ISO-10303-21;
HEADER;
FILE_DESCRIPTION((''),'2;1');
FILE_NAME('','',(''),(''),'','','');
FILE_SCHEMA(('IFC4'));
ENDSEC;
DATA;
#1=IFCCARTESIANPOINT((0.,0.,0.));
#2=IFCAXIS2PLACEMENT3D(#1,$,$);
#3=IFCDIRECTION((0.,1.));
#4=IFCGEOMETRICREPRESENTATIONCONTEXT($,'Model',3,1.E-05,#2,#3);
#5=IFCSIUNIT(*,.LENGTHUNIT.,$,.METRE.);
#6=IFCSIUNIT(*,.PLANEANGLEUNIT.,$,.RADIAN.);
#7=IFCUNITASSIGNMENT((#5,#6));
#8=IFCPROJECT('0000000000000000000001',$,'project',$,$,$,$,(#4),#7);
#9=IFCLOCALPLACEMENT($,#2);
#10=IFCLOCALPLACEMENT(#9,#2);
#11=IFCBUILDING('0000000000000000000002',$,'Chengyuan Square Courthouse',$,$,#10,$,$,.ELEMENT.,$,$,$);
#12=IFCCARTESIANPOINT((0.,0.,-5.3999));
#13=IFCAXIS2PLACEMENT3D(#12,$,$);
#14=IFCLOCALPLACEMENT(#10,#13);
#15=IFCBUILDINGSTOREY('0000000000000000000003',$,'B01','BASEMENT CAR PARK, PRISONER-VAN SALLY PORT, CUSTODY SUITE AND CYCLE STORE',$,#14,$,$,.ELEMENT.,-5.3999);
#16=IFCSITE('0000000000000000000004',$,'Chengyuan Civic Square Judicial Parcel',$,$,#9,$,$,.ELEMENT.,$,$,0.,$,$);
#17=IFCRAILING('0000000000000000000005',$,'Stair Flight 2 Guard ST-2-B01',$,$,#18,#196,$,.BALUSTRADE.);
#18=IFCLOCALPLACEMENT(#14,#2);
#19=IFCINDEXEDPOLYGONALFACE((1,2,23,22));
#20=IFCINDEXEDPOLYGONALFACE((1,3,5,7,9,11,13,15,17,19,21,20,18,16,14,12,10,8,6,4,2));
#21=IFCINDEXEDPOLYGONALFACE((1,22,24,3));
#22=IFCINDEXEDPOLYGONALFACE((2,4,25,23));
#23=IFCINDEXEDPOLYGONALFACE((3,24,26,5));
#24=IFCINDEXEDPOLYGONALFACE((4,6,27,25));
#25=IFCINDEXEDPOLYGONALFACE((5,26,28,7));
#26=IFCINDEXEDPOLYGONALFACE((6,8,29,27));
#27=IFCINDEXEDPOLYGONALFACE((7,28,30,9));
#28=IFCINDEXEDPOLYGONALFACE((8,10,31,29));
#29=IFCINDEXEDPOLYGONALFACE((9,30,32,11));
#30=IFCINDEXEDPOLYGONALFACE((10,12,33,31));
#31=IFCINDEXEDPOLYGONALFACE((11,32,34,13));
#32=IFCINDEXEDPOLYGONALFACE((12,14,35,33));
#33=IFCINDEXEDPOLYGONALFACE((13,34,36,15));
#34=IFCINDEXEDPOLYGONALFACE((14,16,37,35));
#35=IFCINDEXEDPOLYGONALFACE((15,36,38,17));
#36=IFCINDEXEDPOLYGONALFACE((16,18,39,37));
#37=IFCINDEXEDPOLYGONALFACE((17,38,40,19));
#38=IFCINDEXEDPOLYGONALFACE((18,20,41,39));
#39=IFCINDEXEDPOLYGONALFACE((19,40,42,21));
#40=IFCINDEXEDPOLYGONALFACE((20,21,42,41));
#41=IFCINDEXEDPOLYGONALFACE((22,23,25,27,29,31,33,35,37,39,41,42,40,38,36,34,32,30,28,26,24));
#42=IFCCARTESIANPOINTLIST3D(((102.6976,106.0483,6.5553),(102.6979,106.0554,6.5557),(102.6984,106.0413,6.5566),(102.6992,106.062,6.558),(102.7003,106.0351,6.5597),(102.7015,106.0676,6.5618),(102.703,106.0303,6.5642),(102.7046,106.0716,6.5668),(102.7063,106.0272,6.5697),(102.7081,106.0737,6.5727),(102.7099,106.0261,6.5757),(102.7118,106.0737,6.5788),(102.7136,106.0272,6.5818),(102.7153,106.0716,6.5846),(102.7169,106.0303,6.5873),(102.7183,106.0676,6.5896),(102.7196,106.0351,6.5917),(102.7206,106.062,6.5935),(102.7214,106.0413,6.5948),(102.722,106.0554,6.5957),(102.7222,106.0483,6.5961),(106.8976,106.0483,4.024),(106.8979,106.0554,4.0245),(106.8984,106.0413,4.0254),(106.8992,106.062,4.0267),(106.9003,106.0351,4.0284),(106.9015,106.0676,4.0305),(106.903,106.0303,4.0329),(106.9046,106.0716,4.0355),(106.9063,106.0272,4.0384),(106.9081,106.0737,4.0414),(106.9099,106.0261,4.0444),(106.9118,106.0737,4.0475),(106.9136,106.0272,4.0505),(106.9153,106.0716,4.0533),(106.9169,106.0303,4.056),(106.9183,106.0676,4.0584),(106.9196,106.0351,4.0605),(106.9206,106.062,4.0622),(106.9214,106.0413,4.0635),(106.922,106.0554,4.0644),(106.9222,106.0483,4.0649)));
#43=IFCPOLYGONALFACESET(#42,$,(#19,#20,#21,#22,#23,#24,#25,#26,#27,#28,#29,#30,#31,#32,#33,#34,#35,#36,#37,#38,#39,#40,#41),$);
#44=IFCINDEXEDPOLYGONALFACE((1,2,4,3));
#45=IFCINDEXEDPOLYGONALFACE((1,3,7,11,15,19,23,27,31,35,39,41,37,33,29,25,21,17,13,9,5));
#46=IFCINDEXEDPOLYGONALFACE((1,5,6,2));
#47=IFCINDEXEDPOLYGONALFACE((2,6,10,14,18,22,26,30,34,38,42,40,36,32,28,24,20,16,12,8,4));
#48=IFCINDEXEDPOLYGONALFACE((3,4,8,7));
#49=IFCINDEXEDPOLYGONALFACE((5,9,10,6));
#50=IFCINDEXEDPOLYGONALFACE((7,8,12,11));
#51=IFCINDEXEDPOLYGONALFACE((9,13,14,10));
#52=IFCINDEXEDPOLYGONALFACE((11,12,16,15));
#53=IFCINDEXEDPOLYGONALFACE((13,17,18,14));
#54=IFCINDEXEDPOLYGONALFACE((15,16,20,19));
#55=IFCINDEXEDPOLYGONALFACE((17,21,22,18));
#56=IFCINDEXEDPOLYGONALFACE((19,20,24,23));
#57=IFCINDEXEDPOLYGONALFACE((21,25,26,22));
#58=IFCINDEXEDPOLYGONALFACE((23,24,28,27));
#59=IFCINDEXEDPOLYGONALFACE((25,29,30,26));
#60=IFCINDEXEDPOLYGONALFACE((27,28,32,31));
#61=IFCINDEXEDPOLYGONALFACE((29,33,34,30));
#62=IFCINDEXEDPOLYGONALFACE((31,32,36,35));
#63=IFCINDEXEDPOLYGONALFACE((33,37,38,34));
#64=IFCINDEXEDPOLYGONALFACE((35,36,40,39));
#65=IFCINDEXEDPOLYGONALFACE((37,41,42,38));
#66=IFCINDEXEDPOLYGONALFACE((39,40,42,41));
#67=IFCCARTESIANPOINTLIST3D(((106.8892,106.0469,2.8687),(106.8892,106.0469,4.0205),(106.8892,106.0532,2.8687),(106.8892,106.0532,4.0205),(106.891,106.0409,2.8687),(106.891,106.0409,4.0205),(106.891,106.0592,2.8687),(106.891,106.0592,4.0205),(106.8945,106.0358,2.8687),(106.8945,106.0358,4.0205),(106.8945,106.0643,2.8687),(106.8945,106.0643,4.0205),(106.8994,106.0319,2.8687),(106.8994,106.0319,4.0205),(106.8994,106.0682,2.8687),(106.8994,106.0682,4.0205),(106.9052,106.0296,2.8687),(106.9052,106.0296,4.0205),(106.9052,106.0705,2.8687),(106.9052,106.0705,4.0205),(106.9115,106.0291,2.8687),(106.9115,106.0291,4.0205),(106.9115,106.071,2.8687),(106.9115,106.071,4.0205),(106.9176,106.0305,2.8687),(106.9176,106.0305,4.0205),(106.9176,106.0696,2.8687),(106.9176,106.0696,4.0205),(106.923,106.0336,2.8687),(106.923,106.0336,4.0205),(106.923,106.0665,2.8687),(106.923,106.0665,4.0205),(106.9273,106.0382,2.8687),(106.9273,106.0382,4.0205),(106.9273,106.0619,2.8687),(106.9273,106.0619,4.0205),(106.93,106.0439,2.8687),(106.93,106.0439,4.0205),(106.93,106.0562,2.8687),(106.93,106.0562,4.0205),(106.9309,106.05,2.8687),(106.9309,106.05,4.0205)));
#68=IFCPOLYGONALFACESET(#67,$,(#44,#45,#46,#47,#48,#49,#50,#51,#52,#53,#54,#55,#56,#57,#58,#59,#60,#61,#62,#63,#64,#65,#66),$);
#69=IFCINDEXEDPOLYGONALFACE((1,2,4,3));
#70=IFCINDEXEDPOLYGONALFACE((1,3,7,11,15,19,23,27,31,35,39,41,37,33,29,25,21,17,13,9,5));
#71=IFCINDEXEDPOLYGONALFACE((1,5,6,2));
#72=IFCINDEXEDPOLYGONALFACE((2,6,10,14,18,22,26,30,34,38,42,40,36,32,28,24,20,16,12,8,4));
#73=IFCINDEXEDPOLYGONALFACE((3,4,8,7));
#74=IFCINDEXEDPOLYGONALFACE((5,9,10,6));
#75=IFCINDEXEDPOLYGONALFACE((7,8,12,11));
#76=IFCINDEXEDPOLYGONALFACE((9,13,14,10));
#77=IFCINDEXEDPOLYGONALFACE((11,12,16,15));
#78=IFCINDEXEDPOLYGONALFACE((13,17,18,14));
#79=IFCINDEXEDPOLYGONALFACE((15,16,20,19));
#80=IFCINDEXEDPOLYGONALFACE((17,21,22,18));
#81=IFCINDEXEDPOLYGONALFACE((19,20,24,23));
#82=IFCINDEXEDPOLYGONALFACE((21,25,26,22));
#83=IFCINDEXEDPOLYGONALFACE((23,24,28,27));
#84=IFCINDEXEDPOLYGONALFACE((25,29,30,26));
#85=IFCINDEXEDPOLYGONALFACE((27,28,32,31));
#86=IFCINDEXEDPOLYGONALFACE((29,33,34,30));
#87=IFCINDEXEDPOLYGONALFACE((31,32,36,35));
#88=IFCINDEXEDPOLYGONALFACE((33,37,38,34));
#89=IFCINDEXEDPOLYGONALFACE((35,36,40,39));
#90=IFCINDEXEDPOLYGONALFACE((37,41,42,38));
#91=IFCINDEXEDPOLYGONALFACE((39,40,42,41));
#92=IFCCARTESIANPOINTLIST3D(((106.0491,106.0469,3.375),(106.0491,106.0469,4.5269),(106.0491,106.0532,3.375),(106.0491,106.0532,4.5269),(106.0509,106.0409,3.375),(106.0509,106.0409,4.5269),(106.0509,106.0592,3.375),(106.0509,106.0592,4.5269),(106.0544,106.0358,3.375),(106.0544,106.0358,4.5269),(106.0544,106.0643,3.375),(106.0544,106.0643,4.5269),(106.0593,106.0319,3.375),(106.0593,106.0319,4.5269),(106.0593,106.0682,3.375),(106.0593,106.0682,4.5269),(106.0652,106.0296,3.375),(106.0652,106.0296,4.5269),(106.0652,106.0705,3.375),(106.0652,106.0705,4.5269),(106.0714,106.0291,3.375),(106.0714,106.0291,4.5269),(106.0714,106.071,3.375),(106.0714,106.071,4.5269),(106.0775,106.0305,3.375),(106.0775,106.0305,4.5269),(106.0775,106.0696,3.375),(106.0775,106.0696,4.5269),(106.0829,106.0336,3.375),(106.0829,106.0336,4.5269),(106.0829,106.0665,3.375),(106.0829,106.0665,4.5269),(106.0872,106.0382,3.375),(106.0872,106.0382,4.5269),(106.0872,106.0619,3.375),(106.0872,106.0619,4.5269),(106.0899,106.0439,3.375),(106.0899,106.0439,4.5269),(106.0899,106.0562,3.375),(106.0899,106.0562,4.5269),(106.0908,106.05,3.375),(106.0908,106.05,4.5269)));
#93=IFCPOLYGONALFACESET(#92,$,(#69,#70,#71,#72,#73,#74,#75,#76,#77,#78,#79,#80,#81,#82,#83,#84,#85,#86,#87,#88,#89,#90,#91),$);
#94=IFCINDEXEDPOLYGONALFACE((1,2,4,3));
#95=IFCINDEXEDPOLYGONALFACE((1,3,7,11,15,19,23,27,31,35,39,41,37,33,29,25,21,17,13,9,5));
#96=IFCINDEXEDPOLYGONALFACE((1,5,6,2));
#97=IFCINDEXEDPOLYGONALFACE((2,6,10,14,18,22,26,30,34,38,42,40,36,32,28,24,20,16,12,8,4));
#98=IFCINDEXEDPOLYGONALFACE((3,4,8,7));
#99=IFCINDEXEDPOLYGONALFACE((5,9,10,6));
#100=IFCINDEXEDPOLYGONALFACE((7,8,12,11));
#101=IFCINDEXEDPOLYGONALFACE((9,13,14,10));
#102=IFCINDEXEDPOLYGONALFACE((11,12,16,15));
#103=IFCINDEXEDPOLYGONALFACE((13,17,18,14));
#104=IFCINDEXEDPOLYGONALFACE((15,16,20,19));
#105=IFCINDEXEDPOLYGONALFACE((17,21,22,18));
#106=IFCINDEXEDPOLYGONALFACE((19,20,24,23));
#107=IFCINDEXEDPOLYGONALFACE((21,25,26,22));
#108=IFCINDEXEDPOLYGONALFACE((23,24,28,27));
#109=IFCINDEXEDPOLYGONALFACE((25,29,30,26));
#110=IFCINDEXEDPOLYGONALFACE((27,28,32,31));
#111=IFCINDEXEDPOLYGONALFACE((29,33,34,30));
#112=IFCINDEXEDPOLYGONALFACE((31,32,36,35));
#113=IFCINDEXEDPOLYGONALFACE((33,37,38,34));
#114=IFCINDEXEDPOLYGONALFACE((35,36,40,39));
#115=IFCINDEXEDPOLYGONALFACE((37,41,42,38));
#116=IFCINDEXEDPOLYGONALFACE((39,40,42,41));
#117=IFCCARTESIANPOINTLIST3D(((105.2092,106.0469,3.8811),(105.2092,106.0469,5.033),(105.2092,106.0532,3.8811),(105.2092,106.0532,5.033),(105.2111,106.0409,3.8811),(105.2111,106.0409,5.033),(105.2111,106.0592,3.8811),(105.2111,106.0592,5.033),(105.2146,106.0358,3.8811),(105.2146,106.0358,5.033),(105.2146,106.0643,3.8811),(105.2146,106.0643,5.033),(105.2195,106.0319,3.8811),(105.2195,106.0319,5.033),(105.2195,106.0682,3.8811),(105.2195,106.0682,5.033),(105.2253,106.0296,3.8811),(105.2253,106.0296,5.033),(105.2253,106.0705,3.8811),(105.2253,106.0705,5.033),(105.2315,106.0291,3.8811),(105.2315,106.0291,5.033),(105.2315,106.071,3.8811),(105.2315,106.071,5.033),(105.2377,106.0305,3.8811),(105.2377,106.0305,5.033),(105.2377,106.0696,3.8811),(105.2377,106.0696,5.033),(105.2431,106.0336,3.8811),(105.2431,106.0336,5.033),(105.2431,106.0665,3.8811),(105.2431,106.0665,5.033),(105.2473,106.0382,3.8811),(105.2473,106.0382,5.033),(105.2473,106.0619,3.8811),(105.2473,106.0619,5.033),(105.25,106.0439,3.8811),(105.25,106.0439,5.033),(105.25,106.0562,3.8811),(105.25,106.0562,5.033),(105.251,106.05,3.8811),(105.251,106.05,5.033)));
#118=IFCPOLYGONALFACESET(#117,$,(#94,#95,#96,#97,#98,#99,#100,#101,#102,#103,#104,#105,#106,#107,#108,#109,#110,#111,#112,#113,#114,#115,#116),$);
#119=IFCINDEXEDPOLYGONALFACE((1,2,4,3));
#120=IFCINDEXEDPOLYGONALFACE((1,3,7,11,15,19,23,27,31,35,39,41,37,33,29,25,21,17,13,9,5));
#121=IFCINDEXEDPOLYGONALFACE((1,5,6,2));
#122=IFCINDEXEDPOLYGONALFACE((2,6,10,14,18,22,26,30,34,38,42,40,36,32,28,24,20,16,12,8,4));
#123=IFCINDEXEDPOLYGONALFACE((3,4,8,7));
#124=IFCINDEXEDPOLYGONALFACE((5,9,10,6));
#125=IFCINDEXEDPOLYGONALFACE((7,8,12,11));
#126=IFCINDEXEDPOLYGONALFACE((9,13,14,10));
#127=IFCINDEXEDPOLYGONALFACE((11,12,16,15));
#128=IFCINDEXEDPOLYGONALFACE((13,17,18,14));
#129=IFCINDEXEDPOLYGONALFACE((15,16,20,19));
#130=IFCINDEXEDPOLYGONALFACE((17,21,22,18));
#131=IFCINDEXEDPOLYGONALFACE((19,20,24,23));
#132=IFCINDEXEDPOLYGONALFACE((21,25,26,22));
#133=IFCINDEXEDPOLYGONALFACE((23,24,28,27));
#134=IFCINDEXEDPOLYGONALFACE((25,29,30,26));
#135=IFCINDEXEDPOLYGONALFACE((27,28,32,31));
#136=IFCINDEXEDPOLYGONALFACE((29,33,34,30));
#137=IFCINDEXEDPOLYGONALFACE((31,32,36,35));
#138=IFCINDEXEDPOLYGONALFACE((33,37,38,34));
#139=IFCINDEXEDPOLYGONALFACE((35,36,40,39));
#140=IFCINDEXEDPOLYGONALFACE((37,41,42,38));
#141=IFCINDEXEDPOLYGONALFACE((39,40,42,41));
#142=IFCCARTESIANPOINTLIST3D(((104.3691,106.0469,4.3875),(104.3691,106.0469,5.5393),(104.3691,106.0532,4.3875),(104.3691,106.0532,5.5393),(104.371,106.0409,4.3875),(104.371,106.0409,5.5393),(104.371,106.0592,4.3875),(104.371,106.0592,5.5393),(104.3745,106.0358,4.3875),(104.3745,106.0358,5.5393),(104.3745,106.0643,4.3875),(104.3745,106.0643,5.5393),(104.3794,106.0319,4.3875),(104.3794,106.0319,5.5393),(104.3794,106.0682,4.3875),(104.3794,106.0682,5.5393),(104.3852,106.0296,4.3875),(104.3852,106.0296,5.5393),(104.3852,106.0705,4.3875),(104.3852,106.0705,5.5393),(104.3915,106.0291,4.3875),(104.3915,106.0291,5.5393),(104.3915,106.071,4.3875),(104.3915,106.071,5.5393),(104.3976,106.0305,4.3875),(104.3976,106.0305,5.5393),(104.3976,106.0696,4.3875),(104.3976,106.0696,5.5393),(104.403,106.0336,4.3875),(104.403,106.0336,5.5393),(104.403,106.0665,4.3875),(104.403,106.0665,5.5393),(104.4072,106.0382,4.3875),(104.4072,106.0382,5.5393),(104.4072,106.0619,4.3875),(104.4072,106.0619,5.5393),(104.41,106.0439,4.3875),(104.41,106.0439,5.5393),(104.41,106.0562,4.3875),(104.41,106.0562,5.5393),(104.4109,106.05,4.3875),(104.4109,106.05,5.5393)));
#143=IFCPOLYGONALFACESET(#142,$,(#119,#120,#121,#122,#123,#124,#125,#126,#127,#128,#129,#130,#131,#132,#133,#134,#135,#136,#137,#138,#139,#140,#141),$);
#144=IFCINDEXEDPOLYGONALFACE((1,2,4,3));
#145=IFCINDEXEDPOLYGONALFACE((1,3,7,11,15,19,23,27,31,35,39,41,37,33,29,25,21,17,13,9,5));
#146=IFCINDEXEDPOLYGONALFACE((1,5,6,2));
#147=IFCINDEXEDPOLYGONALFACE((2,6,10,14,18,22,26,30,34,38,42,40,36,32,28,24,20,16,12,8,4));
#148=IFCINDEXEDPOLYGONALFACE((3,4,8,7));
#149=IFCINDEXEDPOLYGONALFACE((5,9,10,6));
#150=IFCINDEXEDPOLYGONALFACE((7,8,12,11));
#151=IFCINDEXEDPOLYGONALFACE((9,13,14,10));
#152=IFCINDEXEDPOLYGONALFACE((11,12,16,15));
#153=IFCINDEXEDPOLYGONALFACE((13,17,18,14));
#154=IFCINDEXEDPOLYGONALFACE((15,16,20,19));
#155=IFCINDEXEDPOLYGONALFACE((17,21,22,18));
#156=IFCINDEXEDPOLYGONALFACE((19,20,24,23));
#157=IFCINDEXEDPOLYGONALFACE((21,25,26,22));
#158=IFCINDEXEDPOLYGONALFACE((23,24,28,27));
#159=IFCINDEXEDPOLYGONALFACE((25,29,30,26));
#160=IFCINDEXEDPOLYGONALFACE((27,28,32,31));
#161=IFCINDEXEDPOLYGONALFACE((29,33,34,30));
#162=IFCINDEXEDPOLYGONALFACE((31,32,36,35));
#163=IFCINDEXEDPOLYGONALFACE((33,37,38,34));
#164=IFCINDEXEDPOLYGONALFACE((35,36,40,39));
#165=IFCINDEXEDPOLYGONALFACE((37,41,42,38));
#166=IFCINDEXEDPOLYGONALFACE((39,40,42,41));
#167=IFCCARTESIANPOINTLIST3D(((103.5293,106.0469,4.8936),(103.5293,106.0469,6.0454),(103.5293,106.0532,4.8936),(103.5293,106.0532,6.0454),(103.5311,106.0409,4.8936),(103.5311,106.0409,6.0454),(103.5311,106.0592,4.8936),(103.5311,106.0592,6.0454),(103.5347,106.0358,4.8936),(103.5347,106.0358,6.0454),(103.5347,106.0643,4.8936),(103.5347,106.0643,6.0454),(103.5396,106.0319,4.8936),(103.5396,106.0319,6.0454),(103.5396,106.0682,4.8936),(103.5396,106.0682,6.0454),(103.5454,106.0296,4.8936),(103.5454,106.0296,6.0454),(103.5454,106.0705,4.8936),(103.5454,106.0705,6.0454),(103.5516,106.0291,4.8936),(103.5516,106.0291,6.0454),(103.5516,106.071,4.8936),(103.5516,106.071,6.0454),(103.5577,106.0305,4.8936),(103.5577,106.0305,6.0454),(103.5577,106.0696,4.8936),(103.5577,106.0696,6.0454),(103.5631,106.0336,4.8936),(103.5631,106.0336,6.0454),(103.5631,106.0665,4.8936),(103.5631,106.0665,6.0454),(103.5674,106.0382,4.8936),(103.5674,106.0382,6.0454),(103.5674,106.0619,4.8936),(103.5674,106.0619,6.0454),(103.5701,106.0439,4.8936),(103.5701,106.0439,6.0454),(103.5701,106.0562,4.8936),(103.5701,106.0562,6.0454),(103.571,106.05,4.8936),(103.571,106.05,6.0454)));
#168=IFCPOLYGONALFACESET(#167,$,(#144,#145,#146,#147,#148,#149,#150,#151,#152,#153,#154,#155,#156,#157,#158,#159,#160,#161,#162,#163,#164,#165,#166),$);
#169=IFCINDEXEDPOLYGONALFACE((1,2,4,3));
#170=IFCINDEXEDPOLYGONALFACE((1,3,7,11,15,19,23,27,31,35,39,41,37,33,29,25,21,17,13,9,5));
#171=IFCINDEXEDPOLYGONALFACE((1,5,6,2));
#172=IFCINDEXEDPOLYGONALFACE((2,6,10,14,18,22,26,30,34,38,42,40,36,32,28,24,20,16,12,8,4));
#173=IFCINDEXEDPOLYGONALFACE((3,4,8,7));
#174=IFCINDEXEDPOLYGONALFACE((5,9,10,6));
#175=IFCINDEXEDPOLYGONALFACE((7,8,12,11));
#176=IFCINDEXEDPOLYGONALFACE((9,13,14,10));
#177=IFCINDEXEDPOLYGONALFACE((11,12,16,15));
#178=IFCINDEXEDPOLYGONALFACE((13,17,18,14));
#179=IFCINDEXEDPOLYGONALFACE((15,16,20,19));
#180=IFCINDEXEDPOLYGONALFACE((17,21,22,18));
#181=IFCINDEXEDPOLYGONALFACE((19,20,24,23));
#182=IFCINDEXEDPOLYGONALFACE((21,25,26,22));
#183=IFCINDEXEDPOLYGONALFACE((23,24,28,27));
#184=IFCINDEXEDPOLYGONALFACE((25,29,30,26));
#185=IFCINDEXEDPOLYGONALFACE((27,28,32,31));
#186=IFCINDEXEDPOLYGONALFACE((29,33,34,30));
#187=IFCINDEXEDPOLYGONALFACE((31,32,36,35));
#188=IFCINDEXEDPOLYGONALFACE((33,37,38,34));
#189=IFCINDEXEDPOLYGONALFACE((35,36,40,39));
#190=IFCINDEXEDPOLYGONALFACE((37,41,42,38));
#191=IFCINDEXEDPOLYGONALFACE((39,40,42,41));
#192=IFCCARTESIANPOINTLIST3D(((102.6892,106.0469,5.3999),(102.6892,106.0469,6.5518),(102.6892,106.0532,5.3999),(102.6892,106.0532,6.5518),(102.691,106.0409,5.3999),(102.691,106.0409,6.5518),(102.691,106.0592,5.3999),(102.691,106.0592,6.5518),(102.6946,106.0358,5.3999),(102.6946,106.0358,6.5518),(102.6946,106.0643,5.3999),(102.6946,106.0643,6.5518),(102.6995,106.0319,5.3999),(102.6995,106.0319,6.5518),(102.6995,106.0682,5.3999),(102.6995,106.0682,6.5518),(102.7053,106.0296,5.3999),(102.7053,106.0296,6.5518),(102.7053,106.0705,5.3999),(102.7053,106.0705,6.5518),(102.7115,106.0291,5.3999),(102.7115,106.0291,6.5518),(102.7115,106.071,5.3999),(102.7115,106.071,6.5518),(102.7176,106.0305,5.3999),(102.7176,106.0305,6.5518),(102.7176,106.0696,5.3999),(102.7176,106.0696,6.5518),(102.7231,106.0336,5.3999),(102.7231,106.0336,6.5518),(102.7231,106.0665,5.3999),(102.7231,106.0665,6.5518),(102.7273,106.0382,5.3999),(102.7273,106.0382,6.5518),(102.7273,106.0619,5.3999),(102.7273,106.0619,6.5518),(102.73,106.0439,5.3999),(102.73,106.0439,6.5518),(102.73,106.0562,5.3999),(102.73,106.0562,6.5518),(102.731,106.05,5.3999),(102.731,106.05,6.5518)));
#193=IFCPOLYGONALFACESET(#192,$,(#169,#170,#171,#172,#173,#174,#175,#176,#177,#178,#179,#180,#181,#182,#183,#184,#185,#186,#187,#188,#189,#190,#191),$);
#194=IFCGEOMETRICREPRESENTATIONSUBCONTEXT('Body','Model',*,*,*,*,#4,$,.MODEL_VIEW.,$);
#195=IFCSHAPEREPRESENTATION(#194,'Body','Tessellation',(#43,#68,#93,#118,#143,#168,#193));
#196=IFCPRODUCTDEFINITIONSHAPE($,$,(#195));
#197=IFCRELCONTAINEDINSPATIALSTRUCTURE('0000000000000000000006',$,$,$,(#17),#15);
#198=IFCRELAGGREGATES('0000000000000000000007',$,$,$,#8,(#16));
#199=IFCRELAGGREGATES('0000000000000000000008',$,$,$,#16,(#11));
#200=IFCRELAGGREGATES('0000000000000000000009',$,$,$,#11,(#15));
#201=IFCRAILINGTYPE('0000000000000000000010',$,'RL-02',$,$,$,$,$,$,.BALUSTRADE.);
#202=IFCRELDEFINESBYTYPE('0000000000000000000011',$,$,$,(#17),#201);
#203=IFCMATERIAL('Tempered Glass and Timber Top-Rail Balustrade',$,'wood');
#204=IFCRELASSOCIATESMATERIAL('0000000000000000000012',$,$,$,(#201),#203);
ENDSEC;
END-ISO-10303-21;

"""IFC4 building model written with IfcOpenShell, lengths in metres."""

from ifc_helpers import new_model, si_unit, direction, frame, origin, origin_2d, place, context, subcontext, project, spatial, circle, extrude, material, type_object, element, save


model = new_model("IFC4")

# Units and contexts
model_context = context("Model", 3, precision=1e-05, world=origin(), true_north=direction((0.0, 1.0)))
body_context = subcontext(model_context, "Body", "Model", "MODEL_VIEW")
ifc_project = project(units=[si_unit("LENGTHUNIT", "METRE"), si_unit("PLANEANGLEUNIT", "RADIAN")], contexts=[model_context])

# Site, building, storey
site_placement = place(None, origin())
site = spatial("IfcSite", under=ifc_project, at=site_placement, Name="Chengyuan Civic Square Judicial Parcel", CompositionType="ELEMENT", RefElevation=0.0)
building_placement = place(site_placement, origin())
building = spatial("IfcBuilding", under=site, at=building_placement, Name="Chengyuan Square Courthouse", CompositionType="ELEMENT")
storey_placement = place(building_placement, frame((0.0, 0.0, -5.3999)))
storey = spatial("IfcBuildingStorey", under=building, at=storey_placement, Name="B01", Description="BASEMENT CAR PARK, PRISONER-VAN SALLY PORT, CUSTODY SUITE AND CYCLE STORE", CompositionType="ELEMENT", Elevation=-5.3999)

# Railing
ifc_material_1 = material(Name="Tempered Glass and Timber Top-Rail Balustrade", Category="wood")
railing_type_1 = type_object("IfcRailingType", Name="RL-02", PredefinedType="BALUSTRADE", material=ifc_material_1)
railing_1_placement = place(storey_placement, frame((106.9099, 106.05, 2.8687)))
element("IfcRailing", 1, at=railing_1_placement, inside=storey, type_object=railing_type_1, Name="Stair Flight 2 Guard ST-2-B01", PredefinedType="BALUSTRADE", context=body_context, shape_type="SweptSolid", body=[
    extrude(circle(Radius=0.0239, at=origin_2d()), frame((0.0, 0.0, 1.1758), z_axis=(-0.856476, 0.0, 0.516186), x_axis=(0.0, -1.0, 0.0)), (0.0, 0.0, 1.0), 4.9038),
    extrude(circle(Radius=0.021, at=origin_2d()), origin(), (0.0, 0.0, 1.0), 1.1519),
    extrude(circle(Radius=0.021, at=origin_2d()), frame((-0.8401, 0.0, 0.5063)), (0.0, 0.0, 1.0), 1.1519),
    extrude(circle(Radius=0.021, at=origin_2d()), frame((-1.6799, 0.0, 1.0125)), (0.0, 0.0, 1.0), 1.1519),
    extrude(circle(Radius=0.021, at=origin_2d()), frame((-2.52, 0.0, 1.5188)), (0.0, 0.0, 1.0), 1.1519),
    extrude(circle(Radius=0.021, at=origin_2d()), frame((-3.3599, 0.0, 2.0249)), (0.0, 0.0, 1.0), 1.1519),
    extrude(circle(Radius=0.021, at=origin_2d()), frame((-4.2, 0.0, 2.5312)), (0.0, 0.0, 1.0), 1.1519),
])

save(model, "model.ifc")
